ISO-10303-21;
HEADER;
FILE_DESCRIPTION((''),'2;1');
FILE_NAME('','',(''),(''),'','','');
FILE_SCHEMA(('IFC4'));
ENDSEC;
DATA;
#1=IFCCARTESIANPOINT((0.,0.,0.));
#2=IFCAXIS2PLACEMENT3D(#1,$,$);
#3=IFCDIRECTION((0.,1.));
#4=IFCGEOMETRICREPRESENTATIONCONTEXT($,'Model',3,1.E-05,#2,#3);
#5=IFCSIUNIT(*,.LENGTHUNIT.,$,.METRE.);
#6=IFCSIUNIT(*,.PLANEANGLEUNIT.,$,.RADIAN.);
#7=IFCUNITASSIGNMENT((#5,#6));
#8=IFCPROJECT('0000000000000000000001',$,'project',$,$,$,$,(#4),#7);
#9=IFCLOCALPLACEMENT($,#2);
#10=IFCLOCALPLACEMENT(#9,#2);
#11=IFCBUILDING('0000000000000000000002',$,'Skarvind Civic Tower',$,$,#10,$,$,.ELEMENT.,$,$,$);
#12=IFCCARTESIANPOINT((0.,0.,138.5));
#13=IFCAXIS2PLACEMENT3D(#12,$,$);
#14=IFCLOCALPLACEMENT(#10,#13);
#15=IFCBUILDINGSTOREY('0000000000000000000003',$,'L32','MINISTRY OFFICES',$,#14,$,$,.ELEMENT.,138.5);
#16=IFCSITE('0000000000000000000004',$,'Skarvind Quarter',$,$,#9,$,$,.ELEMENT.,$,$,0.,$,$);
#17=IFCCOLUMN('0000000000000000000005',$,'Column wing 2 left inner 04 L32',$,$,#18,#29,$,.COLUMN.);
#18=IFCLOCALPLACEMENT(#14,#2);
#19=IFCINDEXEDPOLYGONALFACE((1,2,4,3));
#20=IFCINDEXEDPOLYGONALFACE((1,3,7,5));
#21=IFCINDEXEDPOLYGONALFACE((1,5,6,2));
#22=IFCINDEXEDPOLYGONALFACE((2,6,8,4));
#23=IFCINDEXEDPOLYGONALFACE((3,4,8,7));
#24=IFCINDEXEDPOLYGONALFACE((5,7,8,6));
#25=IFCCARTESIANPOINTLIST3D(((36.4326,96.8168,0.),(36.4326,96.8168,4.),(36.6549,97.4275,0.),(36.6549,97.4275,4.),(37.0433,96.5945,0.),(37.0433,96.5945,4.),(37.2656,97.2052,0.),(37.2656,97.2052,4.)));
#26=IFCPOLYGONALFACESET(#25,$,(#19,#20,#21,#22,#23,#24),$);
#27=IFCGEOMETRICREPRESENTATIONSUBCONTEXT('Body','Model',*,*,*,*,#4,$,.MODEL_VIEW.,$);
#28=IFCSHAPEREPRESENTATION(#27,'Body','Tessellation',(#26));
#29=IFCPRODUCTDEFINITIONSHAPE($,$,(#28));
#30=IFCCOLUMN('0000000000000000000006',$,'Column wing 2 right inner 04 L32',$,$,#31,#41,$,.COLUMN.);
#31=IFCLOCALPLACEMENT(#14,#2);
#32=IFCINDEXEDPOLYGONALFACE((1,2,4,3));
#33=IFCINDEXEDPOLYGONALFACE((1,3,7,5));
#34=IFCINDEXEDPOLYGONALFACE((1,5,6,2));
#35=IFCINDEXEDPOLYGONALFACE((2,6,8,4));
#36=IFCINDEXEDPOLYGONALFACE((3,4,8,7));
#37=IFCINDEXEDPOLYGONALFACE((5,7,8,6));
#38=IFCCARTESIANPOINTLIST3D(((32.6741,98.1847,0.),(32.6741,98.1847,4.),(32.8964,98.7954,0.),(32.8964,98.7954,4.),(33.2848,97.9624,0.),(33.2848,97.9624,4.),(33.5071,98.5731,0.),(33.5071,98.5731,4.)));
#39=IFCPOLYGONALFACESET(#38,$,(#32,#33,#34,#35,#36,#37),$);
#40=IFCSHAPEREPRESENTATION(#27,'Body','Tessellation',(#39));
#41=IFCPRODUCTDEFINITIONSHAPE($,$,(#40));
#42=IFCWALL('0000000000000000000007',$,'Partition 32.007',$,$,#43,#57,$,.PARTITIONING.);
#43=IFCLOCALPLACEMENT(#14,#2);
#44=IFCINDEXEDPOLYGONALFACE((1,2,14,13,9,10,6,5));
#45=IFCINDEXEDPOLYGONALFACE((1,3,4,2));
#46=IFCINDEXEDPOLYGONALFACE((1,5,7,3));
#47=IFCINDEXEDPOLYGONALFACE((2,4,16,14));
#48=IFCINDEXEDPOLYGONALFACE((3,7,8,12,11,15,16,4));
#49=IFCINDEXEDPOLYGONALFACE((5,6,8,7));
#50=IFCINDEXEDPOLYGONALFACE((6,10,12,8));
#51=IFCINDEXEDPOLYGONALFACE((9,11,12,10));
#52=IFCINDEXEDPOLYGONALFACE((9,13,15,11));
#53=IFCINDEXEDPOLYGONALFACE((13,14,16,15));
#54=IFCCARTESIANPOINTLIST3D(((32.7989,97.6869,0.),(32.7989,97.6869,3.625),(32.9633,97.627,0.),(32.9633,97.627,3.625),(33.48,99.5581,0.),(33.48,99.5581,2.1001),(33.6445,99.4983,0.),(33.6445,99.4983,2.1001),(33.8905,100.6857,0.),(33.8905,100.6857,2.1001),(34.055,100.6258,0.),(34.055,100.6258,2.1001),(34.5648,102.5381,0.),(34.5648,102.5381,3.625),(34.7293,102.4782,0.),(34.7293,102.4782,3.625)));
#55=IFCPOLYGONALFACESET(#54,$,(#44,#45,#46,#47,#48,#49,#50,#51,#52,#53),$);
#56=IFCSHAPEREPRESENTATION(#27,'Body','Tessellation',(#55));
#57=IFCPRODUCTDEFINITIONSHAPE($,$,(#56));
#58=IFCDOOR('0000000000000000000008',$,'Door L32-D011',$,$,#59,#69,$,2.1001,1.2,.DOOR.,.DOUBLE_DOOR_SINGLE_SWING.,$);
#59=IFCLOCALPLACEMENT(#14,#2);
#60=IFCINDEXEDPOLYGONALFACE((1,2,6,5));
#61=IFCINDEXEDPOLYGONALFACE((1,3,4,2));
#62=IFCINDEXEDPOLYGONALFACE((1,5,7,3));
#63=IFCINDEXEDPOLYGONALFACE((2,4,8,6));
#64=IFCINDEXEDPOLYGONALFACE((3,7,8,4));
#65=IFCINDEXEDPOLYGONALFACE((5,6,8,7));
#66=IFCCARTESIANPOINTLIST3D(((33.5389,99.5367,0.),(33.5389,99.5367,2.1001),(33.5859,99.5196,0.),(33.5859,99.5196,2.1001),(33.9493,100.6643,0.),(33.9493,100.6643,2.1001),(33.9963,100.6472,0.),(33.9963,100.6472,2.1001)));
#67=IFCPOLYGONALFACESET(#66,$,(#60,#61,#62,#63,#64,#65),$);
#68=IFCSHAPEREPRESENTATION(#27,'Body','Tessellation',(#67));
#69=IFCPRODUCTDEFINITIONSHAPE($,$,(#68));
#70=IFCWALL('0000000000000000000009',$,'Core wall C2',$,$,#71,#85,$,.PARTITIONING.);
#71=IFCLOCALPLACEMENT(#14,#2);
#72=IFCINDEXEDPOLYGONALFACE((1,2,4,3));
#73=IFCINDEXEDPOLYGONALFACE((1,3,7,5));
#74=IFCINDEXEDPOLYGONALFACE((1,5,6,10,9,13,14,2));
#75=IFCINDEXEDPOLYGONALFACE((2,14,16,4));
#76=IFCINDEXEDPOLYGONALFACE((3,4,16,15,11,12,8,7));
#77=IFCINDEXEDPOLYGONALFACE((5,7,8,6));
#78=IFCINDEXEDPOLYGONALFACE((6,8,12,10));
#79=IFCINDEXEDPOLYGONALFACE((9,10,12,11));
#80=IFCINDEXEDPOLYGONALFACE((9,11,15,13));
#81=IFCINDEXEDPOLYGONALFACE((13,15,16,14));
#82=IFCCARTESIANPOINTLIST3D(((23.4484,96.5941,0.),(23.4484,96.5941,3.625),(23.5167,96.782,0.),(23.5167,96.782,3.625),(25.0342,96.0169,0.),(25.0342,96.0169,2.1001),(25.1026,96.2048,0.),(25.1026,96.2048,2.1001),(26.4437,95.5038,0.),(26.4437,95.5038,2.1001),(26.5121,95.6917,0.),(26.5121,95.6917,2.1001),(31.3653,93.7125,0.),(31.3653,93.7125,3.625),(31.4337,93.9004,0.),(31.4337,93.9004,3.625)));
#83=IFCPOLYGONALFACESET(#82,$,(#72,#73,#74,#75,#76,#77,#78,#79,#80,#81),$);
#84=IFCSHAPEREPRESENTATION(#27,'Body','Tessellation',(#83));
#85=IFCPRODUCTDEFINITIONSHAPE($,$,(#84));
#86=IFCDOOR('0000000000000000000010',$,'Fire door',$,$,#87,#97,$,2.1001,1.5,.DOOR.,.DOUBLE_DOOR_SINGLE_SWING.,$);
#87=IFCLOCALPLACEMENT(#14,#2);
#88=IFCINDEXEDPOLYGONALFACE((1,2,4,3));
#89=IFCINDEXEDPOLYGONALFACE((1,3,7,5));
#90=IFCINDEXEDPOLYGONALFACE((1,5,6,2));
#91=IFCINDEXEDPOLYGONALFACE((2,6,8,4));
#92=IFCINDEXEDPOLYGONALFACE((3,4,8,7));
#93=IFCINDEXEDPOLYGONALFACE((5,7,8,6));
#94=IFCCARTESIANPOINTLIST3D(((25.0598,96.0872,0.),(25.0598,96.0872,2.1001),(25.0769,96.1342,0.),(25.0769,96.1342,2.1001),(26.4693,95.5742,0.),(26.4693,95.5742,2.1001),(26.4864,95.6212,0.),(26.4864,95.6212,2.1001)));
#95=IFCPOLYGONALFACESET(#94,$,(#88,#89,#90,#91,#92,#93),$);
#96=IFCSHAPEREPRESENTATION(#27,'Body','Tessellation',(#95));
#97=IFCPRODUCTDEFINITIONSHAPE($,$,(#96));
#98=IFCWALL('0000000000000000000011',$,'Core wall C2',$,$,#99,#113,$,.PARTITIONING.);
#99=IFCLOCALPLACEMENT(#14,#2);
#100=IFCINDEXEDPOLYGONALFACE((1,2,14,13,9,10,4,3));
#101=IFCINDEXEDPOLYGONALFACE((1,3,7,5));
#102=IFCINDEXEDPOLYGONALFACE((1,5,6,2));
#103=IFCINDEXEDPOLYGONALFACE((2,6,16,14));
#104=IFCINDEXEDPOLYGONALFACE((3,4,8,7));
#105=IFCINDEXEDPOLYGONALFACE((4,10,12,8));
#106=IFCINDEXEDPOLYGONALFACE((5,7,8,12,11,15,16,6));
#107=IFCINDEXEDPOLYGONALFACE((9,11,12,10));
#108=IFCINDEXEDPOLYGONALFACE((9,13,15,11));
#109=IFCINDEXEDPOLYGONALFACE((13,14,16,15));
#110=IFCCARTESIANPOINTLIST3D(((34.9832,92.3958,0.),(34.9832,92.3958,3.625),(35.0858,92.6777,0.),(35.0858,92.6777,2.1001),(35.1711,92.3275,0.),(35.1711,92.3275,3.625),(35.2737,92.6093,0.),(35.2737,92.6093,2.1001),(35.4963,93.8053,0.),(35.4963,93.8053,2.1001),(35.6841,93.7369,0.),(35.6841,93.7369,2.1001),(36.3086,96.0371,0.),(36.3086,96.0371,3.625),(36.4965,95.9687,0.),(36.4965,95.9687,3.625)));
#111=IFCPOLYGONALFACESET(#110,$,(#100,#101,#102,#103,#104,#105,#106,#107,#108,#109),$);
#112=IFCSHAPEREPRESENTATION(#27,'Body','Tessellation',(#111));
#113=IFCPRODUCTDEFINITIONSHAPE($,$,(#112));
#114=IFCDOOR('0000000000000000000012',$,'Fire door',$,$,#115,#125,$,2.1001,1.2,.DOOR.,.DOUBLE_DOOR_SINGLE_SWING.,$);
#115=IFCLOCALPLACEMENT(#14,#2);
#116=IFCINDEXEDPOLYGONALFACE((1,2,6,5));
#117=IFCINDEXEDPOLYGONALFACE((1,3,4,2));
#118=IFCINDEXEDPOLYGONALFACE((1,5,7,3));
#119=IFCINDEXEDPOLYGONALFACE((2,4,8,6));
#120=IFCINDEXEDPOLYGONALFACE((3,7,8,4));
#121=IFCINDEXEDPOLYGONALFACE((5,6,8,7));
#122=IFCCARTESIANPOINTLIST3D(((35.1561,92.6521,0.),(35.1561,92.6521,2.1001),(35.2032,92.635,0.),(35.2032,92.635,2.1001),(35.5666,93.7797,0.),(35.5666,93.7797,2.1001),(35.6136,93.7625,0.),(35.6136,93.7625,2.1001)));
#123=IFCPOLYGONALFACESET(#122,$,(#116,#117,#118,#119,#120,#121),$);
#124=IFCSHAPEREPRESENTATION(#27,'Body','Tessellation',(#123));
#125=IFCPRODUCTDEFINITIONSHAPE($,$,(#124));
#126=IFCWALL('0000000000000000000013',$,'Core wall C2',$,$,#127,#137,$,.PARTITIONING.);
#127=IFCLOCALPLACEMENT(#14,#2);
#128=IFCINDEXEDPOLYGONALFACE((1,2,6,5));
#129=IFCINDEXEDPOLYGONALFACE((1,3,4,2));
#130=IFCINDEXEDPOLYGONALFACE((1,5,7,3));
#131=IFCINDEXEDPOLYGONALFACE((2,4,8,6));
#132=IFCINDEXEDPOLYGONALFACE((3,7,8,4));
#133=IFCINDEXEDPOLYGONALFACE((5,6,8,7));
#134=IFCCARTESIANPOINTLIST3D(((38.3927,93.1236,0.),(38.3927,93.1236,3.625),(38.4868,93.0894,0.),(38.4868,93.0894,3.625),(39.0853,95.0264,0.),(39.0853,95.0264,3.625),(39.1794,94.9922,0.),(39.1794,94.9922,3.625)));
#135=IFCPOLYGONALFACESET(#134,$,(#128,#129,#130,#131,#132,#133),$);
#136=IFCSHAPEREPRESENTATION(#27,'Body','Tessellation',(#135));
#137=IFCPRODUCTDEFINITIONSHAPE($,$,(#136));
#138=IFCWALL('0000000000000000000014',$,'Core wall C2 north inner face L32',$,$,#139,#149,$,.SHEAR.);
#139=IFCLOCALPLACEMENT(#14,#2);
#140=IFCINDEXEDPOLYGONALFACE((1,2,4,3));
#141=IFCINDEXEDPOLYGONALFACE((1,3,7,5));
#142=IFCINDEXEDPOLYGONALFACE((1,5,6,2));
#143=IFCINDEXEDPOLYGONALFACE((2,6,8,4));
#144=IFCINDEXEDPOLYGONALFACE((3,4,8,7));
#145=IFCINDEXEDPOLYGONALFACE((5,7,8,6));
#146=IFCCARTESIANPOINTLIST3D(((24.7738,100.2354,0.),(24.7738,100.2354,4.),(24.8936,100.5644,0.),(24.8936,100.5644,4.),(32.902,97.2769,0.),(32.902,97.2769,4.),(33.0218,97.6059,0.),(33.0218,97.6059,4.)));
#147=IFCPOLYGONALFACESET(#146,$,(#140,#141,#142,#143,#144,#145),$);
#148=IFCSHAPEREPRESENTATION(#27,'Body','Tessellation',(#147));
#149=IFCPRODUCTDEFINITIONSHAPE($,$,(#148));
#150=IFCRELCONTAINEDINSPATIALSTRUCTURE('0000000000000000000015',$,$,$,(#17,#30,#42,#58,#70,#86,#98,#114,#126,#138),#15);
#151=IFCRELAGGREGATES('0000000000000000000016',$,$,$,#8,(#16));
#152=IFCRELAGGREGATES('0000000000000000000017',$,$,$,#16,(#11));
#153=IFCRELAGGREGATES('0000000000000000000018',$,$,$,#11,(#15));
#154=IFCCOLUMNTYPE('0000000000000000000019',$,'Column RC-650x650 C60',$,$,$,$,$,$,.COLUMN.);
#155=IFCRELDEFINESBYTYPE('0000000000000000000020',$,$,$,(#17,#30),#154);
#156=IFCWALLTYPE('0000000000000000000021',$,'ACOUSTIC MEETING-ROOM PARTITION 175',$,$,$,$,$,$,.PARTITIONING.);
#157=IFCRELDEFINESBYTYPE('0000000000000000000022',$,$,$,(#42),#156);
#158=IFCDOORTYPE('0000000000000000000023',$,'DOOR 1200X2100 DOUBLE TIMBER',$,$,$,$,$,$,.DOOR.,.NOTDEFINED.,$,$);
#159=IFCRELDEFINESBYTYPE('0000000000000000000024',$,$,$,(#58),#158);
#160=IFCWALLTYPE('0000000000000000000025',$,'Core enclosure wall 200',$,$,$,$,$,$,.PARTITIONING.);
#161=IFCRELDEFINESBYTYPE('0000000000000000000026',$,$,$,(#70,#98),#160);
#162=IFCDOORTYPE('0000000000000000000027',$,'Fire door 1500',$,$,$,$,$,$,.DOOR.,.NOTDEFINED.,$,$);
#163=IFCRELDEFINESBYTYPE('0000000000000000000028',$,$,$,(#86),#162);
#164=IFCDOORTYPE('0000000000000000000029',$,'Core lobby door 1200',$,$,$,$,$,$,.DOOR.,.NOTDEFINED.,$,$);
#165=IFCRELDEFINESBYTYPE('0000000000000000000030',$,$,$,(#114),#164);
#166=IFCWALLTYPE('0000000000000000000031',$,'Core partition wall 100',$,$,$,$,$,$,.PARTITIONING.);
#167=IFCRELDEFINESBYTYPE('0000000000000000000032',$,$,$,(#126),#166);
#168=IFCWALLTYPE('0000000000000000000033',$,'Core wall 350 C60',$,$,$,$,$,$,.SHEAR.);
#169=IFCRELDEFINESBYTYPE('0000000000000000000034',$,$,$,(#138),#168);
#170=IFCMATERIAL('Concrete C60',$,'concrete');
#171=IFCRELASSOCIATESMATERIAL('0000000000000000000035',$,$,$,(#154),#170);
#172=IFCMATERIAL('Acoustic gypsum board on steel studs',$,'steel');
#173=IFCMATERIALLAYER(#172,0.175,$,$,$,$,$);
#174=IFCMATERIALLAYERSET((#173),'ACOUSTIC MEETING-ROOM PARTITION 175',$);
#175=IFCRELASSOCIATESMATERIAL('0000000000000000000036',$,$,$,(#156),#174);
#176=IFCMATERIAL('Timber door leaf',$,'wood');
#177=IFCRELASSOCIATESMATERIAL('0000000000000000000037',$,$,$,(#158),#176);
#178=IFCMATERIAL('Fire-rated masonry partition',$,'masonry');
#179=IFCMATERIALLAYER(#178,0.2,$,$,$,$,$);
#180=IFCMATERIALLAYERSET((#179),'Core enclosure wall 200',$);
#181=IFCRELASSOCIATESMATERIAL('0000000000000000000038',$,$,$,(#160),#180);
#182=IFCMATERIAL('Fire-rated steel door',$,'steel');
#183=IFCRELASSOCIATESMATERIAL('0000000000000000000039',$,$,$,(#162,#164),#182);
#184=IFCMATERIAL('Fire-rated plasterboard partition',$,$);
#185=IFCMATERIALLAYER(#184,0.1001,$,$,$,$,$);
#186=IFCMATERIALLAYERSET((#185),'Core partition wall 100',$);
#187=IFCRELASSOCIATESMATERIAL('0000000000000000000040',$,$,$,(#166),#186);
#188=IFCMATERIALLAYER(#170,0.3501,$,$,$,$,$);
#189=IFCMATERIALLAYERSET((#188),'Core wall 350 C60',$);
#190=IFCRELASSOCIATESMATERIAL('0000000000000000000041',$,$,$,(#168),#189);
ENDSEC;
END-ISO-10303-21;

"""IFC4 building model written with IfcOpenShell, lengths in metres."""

from ifc_helpers import new_model, si_unit, direction, frame, frame_2d, origin, origin_2d, place, context, subcontext, project, spatial, rectangle, extrude, material, layer, layer_set, material_profile, profile_set, type_object, element, fill, save


model = new_model("IFC4")

# Units and contexts
model_context = context("Model", 3, precision=1e-05, world=origin(), true_north=direction((0.0, 1.0)))
body_context = subcontext(model_context, "Body", "Model", "MODEL_VIEW")
ifc_project = project(units=[si_unit("LENGTHUNIT", "METRE"), si_unit("PLANEANGLEUNIT", "RADIAN")], contexts=[model_context])

# Site, building, storey
site_placement = place(None, origin())
site = spatial("IfcSite", under=ifc_project, at=site_placement, Name="Skarvind Quarter", CompositionType="ELEMENT", RefElevation=0.0)
building_placement = place(site_placement, origin())
building = spatial("IfcBuilding", under=site, at=building_placement, Name="Skarvind Civic Tower", CompositionType="ELEMENT")
storey_placement = place(building_placement, frame((0.0, 0.0, 138.5)))
storey = spatial("IfcBuildingStorey", under=building, at=storey_placement, Name="L32", Description="MINISTRY OFFICES", CompositionType="ELEMENT", Elevation=138.5)

# Columns
ifc_material_1 = material(Name="Concrete C60", Category="concrete")
ifc_material_profile = material_profile(ifc_material_1, rectangle(XDim=0.6499, YDim=0.6499, at=origin_2d()), Name="RC-650x650")
ifc_profile_set = profile_set([ifc_material_profile], Name="Concrete C60")
column_type = type_object("IfcColumnType", Name="Column RC-650x650 C60", PredefinedType="COLUMN", material=ifc_profile_set)
for number, where, z_axis, x_axis, name in (
    (1, (36.8491, 97.011, 0.0), (0.0, 0.0, 1.0), (-0.34202, -0.939693, 0.0), "Column wing 2 left inner 04 L32"),
    (2, (33.0906, 98.3789, 0.0), (0.0, 0.0, 1.0), (-0.34202, -0.939693, 0.0), "Column wing 2 right inner 04 L32"),
):
    element("IfcColumn", number, at=place(storey_placement, frame(where, z_axis=z_axis, x_axis=x_axis)), inside=storey, type_object=column_type, Name=name, PredefinedType="COLUMN", context=body_context, shape_type="SweptSolid", body=[
        extrude(rectangle(XDim=0.6499, YDim=0.6499, at=origin_2d()), origin(), (0.0, 0.0, 1.0), 4.0),
    ])

# Walls, openings, doors
ifc_material_2 = material(Name="Acoustic gypsum board on steel studs", Category="steel")
ifc_layer_1 = layer(ifc_material_2, 0.175)
ifc_layer_set_1 = layer_set([ifc_layer_1], Name="ACOUSTIC MEETING-ROOM PARTITION 175")
wall_type_1 = type_object("IfcWallType", Name="ACOUSTIC MEETING-ROOM PARTITION 175", PredefinedType="PARTITIONING", material=ifc_layer_set_1)
wall_1_placement = place(storey_placement, frame((32.8811, 97.657, 0.0), z_axis=(0.0, 0.0, 1.0), x_axis=(0.342058, 0.939679, 0.0)))
wall_1 = element("IfcWall", 3, at=wall_1_placement, inside=storey, type_object=wall_type_1, Name="Partition 32.007", PredefinedType="PARTITIONING", context=body_context, shape_type="SweptSolid", body=[
    extrude(rectangle(XDim=5.1626, YDim=0.175, at=frame_2d((2.5813, 0.0))), origin(), (0.0, 0.0, 1.0), 3.625),
])
opening_1_placement = place(wall_1_placement, frame((1.9912, 0.0, 0.0)))
opening_1 = element("IfcOpeningElement", 4, at=opening_1_placement, cuts=wall_1, PredefinedType="OPENING", context=body_context, shape_type="SweptSolid", body=[
    extrude(rectangle(XDim=1.2, YDim=2.1001, at=frame_2d((0.6001, 1.05))), frame((0.0, 0.0974, 0.0), z_axis=(0.0, -1.0, 0.0), x_axis=(1.0, 0.0, 0.0)), (0.0, 0.0, 1.0), 0.1951),
])
ifc_material_3 = material(Name="Timber door leaf", Category="wood")
door_type_1 = type_object("IfcDoorType", Name="DOOR 1200X2100 DOUBLE TIMBER", OperationType="NOTDEFINED", PredefinedType="DOOR", material=ifc_material_3)
door_1_placement = place(opening_1_placement, origin())
door_1 = element("IfcDoor", 5, at=door_1_placement, inside=storey, type_object=door_type_1, Name="Door L32-D011", OperationType="DOUBLE_DOOR_SINGLE_SWING", OverallHeight=2.1001, OverallWidth=1.2, PredefinedType="DOOR", context=body_context, shape_type="SweptSolid", body=[
    extrude(rectangle(XDim=1.2, YDim=2.1001, at=frame_2d((0.6001, 1.05))), frame((0.0, 0.0249, 0.0), z_axis=(0.0, -1.0, 0.0), x_axis=(1.0, 0.0, 0.0)), (0.0, 0.0, 1.0), 0.05),
])
fill(opening_1, door_1)
ifc_material_4 = material(Name="Fire-rated masonry partition", Category="masonry")
ifc_layer_2 = layer(ifc_material_4, 0.2)
ifc_layer_set_2 = layer_set([ifc_layer_2], Name="Core enclosure wall 200")
wall_type_2 = type_object("IfcWallType", Name="Core enclosure wall 200", PredefinedType="PARTITIONING", material=ifc_layer_set_2)
wall_2_placement = place(storey_placement, frame((23.4827, 96.688, 0.0), z_axis=(0.0, 0.0, 1.0), x_axis=(0.939691, -0.342025, 0.0)))
wall_2 = element("IfcWall", 6, at=wall_2_placement, inside=storey, type_object=wall_type_2, Name="Core wall C2", PredefinedType="PARTITIONING", context=body_context, shape_type="SweptSolid", body=[
    extrude(rectangle(XDim=8.425, YDim=0.2, at=frame_2d((4.2124, 0.0))), origin(), (0.0, 0.0, 1.0), 3.625),
])
opening_2_placement = place(wall_2_placement, frame((1.6875, 0.0, 0.0)))
opening_2 = element("IfcOpeningElement", 7, at=opening_2_placement, cuts=wall_2, PredefinedType="OPENING", context=body_context, shape_type="SweptSolid", body=[
    extrude(rectangle(XDim=1.5, YDim=2.1001, at=frame_2d((0.75, 1.05))), frame((0.0, 0.1099, 0.0), z_axis=(0.0, -1.0, 0.0), x_axis=(1.0, 0.0, 0.0)), (0.0, 0.0, 1.0), 0.22),
])
ifc_material_5 = material(Name="Fire-rated steel door", Category="steel")
door_type_2 = type_object("IfcDoorType", Name="Fire door 1500", OperationType="NOTDEFINED", PredefinedType="DOOR", material=ifc_material_5)
door_2_placement = place(opening_2_placement, origin())
door_2 = element("IfcDoor", 8, at=door_2_placement, inside=storey, type_object=door_type_2, Name="Fire door", OperationType="DOUBLE_DOOR_SINGLE_SWING", OverallHeight=2.1001, OverallWidth=1.5, PredefinedType="DOOR", context=body_context, shape_type="SweptSolid", body=[
    extrude(rectangle(XDim=1.5, YDim=2.1001, at=frame_2d((0.75, 1.05))), frame((0.0, 0.0249, 0.0), z_axis=(0.0, -1.0, 0.0), x_axis=(1.0, 0.0, 0.0)), (0.0, 0.0, 1.0), 0.05),
])
fill(opening_2, door_2)
wall_3_placement = place(storey_placement, frame((36.4026, 96.0029, 0.0), z_axis=(0.0, 0.0, 1.0), x_axis=(-0.342042, -0.939685, 0.0)))
wall_3 = element("IfcWall", 9, at=wall_3_placement, inside=storey, type_object=wall_type_2, Name="Core wall C2", PredefinedType="PARTITIONING", context=body_context, shape_type="SweptSolid", body=[
    extrude(rectangle(XDim=3.875, YDim=0.2, at=frame_2d((1.9375, 0.0))), origin(), (0.0, 0.0, 1.0), 3.625),
])
opening_3_placement = place(wall_3_placement, frame((2.375, 0.0, 0.0)))
opening_3 = element("IfcOpeningElement", 10, at=opening_3_placement, cuts=wall_3, PredefinedType="OPENING", context=body_context, shape_type="SweptSolid", body=[
    extrude(rectangle(XDim=1.2, YDim=2.1001, at=frame_2d((0.6001, 1.05))), frame((0.0, 0.1099, 0.0), z_axis=(0.0, -1.0, 0.0), x_axis=(1.0, 0.0, 0.0)), (0.0, 0.0, 1.0), 0.22),
])
door_type_3 = type_object("IfcDoorType", Name="Core lobby door 1200", OperationType="NOTDEFINED", PredefinedType="DOOR", material=ifc_material_5)
door_3_placement = place(opening_3_placement, origin())
door_3 = element("IfcDoor", 11, at=door_3_placement, inside=storey, type_object=door_type_3, Name="Fire door", OperationType="DOUBLE_DOOR_SINGLE_SWING", OverallHeight=2.1001, OverallWidth=1.2, PredefinedType="DOOR", context=body_context, shape_type="SweptSolid", body=[
    extrude(rectangle(XDim=1.2, YDim=2.1001, at=frame_2d((0.6001, 1.05))), frame((0.0, 0.0249, 0.0), z_axis=(0.0, -1.0, 0.0), x_axis=(1.0, 0.0, 0.0)), (0.0, 0.0, 1.0), 0.05),
])
fill(opening_3, door_3)

# Walls
ifc_material_6 = material(Name="Fire-rated plasterboard partition")
ifc_layer_3 = layer(ifc_material_6, 0.1001)
ifc_layer_set_3 = layer_set([ifc_layer_3], Name="Core partition wall 100")
wall_type_3 = type_object("IfcWallType", Name="Core partition wall 100", PredefinedType="PARTITIONING", material=ifc_layer_set_3)
wall_4_placement = place(storey_placement, frame((39.1323, 95.0093, 0.0), z_axis=(0.0, 0.0, 1.0), x_axis=(-0.342043, -0.939684, 0.0)))
element("IfcWall", 12, at=wall_4_placement, inside=storey, type_object=wall_type_3, Name="Core wall C2", PredefinedType="PARTITIONING", context=body_context, shape_type="SweptSolid", body=[
    extrude(rectangle(XDim=2.0249, YDim=0.1001, at=frame_2d((1.0125, 0.0))), origin(), (0.0, 0.0, 1.0), 3.625),
])
ifc_layer_4 = layer(ifc_material_1, 0.3501)
ifc_layer_set_4 = layer_set([ifc_layer_4], Name="Core wall 350 C60")
wall_type_4 = type_object("IfcWallType", Name="Core wall 350 C60", PredefinedType="SHEAR", material=ifc_layer_set_4)
wall_5_placement = place(storey_placement, frame((32.9619, 97.4414, 0.0), z_axis=(0.0, 0.0, 1.0), x_axis=(-0.93969, 0.342029, 0.0)))
element("IfcWall", 13, at=wall_5_placement, inside=storey, type_object=wall_type_4, Name="Core wall C2 north inner face L32", PredefinedType="SHEAR", context=body_context, shape_type="SweptSolid", body=[
    extrude(rectangle(XDim=8.6499, YDim=0.3501, at=frame_2d((4.325, 0.0))), origin(), (0.0, 0.0, 1.0), 4.0),
])

save(model, "model.ifc")
